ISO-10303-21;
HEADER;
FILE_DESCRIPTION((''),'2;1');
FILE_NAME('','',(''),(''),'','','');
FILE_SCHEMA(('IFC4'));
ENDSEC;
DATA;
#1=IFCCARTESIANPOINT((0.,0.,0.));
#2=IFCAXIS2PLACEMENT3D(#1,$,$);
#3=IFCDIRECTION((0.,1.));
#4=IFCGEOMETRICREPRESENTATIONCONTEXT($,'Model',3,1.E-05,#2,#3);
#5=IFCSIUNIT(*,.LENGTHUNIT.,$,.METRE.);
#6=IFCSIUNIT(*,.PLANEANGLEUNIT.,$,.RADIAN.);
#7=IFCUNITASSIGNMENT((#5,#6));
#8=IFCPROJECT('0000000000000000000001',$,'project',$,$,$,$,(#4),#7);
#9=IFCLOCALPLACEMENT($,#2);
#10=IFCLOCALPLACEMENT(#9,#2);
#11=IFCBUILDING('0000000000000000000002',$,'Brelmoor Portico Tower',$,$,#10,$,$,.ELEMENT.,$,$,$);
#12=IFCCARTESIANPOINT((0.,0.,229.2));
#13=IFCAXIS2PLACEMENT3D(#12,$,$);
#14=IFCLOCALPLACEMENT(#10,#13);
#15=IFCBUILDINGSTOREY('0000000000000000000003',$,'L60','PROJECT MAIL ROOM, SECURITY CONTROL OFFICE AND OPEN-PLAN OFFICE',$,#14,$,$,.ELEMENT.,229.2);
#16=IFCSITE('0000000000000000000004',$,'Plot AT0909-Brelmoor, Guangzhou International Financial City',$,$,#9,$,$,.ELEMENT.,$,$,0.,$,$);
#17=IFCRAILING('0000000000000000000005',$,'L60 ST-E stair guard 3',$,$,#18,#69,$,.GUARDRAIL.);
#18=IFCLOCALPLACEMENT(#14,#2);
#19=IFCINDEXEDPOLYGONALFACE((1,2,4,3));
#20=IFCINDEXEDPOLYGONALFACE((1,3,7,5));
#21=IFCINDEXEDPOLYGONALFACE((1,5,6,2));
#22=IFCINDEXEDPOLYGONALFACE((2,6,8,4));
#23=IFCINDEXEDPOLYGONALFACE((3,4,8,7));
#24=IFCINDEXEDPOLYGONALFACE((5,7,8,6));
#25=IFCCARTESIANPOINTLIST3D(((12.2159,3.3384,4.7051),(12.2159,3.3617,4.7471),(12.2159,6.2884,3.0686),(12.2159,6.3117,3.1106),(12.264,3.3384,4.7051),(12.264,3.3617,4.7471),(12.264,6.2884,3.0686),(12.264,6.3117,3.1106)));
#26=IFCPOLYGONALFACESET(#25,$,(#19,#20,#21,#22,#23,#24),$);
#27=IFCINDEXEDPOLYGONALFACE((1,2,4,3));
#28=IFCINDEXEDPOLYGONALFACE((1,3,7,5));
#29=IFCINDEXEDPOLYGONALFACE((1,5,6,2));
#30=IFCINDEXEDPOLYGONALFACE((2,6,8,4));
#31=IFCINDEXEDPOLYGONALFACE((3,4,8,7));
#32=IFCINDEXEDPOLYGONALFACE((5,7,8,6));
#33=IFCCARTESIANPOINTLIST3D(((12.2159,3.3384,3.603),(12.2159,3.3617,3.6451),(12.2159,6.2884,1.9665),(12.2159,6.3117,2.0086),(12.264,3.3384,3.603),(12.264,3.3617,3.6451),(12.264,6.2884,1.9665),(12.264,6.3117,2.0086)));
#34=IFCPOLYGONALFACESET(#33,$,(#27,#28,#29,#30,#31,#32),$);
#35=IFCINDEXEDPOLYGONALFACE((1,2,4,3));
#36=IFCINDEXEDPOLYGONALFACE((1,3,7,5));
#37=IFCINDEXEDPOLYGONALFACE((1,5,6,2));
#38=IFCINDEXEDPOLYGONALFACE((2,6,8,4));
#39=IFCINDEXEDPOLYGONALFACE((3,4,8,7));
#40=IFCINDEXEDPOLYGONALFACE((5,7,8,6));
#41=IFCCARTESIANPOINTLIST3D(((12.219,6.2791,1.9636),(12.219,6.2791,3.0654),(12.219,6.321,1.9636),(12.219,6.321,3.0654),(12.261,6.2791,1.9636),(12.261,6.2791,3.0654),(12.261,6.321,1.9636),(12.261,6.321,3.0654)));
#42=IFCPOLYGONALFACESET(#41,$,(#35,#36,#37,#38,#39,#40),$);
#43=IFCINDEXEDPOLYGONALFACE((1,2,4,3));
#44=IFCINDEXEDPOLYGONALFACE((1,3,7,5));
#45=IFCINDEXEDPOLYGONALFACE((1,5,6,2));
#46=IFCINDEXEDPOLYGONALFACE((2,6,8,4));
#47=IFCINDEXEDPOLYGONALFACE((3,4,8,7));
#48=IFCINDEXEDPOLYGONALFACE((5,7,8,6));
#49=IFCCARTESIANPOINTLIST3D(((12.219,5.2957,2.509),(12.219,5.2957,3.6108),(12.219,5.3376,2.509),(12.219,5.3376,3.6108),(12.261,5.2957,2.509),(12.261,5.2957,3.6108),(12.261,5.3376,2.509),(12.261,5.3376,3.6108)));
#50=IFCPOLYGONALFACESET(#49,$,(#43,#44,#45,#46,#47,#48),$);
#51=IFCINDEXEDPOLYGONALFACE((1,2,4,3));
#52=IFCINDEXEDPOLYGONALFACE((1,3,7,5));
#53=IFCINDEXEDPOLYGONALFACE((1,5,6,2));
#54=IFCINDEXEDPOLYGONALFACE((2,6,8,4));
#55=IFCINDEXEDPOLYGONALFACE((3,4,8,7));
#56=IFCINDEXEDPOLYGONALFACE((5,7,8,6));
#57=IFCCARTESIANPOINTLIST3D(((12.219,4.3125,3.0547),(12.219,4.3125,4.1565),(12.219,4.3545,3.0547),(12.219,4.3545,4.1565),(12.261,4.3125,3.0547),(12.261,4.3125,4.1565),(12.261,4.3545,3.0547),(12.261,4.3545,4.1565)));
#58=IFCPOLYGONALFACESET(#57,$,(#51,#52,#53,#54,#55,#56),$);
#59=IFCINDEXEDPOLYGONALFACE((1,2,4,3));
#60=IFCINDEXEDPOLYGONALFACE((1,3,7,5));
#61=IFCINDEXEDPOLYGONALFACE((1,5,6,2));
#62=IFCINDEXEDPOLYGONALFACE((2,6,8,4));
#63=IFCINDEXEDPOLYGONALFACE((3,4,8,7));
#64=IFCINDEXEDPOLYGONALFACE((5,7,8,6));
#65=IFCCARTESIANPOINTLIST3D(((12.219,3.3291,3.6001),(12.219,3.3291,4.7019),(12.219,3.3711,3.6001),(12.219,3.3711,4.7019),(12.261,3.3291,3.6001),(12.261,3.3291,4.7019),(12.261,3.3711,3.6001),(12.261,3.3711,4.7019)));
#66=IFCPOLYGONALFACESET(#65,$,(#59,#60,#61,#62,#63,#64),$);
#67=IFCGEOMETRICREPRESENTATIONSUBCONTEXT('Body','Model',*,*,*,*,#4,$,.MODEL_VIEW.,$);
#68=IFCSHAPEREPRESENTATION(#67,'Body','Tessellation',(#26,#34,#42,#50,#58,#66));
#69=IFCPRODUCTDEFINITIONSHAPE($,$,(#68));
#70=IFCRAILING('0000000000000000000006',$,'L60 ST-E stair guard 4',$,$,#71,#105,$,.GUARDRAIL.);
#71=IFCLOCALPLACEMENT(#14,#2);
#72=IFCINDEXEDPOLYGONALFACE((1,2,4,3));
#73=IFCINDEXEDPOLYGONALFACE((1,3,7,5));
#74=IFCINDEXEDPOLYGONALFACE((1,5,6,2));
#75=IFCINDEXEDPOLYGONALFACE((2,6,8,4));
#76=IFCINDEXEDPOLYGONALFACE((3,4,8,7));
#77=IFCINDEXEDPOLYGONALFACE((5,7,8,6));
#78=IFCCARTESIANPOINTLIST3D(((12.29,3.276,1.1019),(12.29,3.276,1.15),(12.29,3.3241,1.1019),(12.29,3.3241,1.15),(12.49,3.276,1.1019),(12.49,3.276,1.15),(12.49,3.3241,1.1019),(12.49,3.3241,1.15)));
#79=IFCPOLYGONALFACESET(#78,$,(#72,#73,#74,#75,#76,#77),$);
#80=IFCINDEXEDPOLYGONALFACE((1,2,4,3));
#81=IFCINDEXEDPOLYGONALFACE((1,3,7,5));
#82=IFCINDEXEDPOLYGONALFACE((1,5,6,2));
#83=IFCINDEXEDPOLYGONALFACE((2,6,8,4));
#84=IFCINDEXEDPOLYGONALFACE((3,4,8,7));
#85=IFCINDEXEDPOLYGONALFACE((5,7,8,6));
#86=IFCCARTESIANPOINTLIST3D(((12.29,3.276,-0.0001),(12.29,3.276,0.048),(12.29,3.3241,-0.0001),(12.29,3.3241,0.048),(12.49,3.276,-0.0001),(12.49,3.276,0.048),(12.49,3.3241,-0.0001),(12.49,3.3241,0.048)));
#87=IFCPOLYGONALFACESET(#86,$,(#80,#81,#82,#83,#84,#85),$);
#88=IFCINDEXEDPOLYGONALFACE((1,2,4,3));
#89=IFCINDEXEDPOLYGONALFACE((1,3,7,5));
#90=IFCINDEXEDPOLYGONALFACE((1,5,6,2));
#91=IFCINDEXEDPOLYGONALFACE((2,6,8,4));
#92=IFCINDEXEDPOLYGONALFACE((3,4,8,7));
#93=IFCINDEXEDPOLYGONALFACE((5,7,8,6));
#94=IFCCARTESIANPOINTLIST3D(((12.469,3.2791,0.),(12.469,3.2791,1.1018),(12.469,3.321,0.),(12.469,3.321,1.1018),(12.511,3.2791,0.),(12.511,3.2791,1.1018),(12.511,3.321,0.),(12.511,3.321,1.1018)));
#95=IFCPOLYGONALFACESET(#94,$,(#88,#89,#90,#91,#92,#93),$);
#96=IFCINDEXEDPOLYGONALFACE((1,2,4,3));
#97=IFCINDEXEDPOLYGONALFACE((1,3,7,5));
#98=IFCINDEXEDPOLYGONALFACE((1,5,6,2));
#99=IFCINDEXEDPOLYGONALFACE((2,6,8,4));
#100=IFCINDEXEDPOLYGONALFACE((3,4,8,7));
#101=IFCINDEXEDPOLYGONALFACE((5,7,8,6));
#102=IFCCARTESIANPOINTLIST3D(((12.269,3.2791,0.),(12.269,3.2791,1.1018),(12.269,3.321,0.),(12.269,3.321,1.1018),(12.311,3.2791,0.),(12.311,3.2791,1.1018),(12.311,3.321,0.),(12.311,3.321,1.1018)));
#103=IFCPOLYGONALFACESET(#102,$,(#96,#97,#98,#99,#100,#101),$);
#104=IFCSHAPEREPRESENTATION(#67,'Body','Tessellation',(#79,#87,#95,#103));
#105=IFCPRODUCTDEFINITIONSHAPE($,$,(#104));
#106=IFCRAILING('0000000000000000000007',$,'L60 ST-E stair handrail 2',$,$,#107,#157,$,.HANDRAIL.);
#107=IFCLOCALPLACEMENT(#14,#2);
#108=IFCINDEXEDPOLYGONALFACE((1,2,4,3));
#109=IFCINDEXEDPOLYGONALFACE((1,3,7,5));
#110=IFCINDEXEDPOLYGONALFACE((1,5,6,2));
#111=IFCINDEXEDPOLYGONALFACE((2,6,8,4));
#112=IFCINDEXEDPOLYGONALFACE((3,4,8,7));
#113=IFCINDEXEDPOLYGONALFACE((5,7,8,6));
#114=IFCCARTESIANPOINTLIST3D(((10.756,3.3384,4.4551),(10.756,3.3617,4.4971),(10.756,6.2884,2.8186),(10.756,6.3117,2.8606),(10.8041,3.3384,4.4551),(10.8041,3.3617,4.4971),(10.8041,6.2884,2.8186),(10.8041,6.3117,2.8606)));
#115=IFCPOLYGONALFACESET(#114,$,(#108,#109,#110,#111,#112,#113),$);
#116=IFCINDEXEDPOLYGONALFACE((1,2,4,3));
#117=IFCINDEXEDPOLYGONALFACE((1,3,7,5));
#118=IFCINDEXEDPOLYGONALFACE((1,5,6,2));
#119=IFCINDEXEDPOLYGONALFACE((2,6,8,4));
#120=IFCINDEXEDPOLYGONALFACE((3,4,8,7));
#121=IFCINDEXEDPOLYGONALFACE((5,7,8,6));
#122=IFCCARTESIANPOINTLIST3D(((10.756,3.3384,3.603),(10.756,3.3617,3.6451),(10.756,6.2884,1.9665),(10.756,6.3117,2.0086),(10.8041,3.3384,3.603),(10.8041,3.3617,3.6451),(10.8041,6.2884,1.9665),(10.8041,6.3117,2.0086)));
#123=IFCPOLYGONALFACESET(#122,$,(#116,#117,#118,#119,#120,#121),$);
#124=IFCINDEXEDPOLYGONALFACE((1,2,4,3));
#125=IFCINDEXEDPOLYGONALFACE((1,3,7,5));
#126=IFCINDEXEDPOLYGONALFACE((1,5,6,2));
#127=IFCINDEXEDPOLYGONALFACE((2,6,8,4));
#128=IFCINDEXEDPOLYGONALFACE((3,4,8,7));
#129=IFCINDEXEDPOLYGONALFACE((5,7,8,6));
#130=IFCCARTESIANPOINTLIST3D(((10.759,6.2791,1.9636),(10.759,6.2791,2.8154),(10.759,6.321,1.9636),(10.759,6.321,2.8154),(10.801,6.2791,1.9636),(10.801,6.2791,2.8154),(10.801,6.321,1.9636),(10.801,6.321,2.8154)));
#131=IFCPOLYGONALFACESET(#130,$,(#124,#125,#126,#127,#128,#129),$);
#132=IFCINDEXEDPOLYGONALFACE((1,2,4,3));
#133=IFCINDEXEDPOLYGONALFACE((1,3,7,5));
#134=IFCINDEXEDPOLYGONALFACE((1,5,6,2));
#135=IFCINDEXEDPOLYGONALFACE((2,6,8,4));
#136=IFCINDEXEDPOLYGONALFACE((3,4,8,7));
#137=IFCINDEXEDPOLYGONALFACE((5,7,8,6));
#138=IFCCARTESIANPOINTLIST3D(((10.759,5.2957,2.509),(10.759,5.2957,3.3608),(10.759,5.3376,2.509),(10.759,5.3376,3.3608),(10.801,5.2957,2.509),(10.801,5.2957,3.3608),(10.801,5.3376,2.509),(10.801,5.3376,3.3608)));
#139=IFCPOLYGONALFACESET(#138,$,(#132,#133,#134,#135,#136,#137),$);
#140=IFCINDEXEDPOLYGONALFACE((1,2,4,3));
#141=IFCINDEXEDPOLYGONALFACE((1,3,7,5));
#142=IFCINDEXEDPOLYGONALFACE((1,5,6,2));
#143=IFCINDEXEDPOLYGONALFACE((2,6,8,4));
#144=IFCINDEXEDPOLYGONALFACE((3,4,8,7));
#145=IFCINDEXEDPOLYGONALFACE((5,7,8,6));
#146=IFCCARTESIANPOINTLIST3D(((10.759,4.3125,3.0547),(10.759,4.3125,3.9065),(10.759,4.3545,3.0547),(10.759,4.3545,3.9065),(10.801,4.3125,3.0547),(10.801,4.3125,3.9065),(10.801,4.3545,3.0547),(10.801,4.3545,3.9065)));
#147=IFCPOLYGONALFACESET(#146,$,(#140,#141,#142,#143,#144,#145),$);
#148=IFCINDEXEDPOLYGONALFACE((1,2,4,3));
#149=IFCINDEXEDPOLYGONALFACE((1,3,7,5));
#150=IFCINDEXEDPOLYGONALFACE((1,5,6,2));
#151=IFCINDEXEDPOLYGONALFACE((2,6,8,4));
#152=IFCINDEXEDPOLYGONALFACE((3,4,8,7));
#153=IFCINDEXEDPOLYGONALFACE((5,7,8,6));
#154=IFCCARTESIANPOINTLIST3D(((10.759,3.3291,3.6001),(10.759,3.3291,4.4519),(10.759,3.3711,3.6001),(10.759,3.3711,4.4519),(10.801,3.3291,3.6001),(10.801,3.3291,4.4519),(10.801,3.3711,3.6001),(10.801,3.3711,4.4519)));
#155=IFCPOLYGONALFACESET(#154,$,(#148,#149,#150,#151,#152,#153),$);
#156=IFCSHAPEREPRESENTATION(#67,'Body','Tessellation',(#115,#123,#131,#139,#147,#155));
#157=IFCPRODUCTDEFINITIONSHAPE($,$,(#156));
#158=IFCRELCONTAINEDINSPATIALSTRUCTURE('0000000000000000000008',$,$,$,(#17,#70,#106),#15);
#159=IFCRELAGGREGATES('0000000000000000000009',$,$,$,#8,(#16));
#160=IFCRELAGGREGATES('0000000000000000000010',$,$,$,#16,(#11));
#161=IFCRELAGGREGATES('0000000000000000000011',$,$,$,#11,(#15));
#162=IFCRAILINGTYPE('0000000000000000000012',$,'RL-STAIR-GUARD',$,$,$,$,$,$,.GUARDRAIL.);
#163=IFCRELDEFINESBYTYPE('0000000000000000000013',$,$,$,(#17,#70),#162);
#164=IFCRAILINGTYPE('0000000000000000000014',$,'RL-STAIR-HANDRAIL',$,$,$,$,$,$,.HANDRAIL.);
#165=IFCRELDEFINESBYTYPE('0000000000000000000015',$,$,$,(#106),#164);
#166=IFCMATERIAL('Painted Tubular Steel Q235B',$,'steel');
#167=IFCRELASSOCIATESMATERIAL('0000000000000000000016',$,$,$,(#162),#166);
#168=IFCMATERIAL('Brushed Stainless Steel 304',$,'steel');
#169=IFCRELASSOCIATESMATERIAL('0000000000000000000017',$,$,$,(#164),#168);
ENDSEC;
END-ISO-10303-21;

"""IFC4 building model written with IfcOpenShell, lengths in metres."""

from ifc_helpers import new_model, si_unit, direction, frame, origin, origin_2d, place, context, subcontext, project, spatial, rectangle, extrude, material, type_object, element, save


model = new_model("IFC4")

# Units and contexts
model_context = context("Model", 3, precision=1e-05, world=origin(), true_north=direction((0.0, 1.0)))
body_context = subcontext(model_context, "Body", "Model", "MODEL_VIEW")
ifc_project = project(units=[si_unit("LENGTHUNIT", "METRE"), si_unit("PLANEANGLEUNIT", "RADIAN")], contexts=[model_context])

# Site, building, storey
site_placement = place(None, origin())
site = spatial("IfcSite", under=ifc_project, at=site_placement, Name="Plot AT0909-Brelmoor, Guangzhou International Financial City", CompositionType="ELEMENT", RefElevation=0.0)
building_placement = place(site_placement, origin())
building = spatial("IfcBuilding", under=site, at=building_placement, Name="Brelmoor Portico Tower", CompositionType="ELEMENT")
storey_placement = place(building_placement, frame((0.0, 0.0, 229.2)))
storey = spatial("IfcBuildingStorey", under=building, at=storey_placement, Name="L60", Description="PROJECT MAIL ROOM, SECURITY CONTROL OFFICE AND OPEN-PLAN OFFICE", CompositionType="ELEMENT", Elevation=229.2)

# Railings
ifc_material_1 = material(Name="Painted Tubular Steel Q235B", Category="steel")
railing_type_1 = type_object("IfcRailingType", Name="RL-STAIR-GUARD", PredefinedType="GUARDRAIL", material=ifc_material_1)
railing_1_placement = place(storey_placement, frame((12.24, 6.3, 1.9636)))
element("IfcRailing", 1, at=railing_1_placement, inside=storey, type_object=railing_type_1, Name="L60 ST-E stair guard 3", PredefinedType="GUARDRAIL", context=body_context, shape_type="SweptSolid", body=[
    extrude(rectangle(XDim=0.0481, YDim=0.0481, at=origin_2d()), frame((0.0, 0.0, 1.126), z_axis=(0.0, -0.874458, 0.485102), x_axis=(1.0, 0.0, 0.0)), (0.0, 0.0, 1.0), 3.3735),
    extrude(rectangle(XDim=0.0481, YDim=0.0481, at=origin_2d()), frame((0.0, 0.0, 0.0239), z_axis=(0.0, -0.874458, 0.485102), x_axis=(1.0, 0.0, 0.0)), (0.0, 0.0, 1.0), 3.3735),
    extrude(rectangle(XDim=0.042, YDim=0.042, at=origin_2d()), origin(), (0.0, 0.0, 1.0), 1.1018),
    extrude(rectangle(XDim=0.042, YDim=0.042, at=origin_2d()), frame((0.0, -0.9834, 0.5454)), (0.0, 0.0, 1.0), 1.1018),
    extrude(rectangle(XDim=0.042, YDim=0.042, at=origin_2d()), frame((0.0, -1.9666, 1.0911)), (0.0, 0.0, 1.0), 1.1018),
    extrude(rectangle(XDim=0.042, YDim=0.042, at=origin_2d()), frame((0.0, -2.95, 1.6365)), (0.0, 0.0, 1.0), 1.1018),
])
railing_2_placement = place(storey_placement, frame((12.49, 3.3, 0.0)))
element("IfcRailing", 2, at=railing_2_placement, inside=storey, type_object=railing_type_1, Name="L60 ST-E stair guard 4", PredefinedType="GUARDRAIL", context=body_context, shape_type="SweptSolid", body=[
    extrude(rectangle(XDim=0.0481, YDim=0.0481, at=origin_2d()), frame((0.0, 0.0, 1.126), z_axis=(-1.0, 0.0, 0.0), x_axis=(0.0, -1.0, 0.0)), (0.0, 0.0, 1.0), 0.2),
    extrude(rectangle(XDim=0.0481, YDim=0.0481, at=origin_2d()), frame((0.0, 0.0, 0.0239), z_axis=(-1.0, 0.0, 0.0), x_axis=(0.0, -1.0, 0.0)), (0.0, 0.0, 1.0), 0.2),
    extrude(rectangle(XDim=0.042, YDim=0.042, at=origin_2d()), origin(), (0.0, 0.0, 1.0), 1.1018),
    extrude(rectangle(XDim=0.042, YDim=0.042, at=origin_2d()), frame((-0.2, 0.0, 0.0)), (0.0, 0.0, 1.0), 1.1018),
])
ifc_material_2 = material(Name="Brushed Stainless Steel 304", Category="steel")
railing_type_2 = type_object("IfcRailingType", Name="RL-STAIR-HANDRAIL", PredefinedType="HANDRAIL", material=ifc_material_2)
railing_3_placement = place(storey_placement, frame((10.78, 6.3, 1.9636)))
element("IfcRailing", 3, at=railing_3_placement, inside=storey, type_object=railing_type_2, Name="L60 ST-E stair handrail 2", PredefinedType="HANDRAIL", context=body_context, shape_type="SweptSolid", body=[
    extrude(rectangle(XDim=0.0481, YDim=0.0481, at=origin_2d()), frame((0.0, 0.0, 0.876), z_axis=(0.0, -0.874458, 0.485102), x_axis=(1.0, 0.0, 0.0)), (0.0, 0.0, 1.0), 3.3735),
    extrude(rectangle(XDim=0.0481, YDim=0.0481, at=origin_2d()), frame((0.0, 0.0, 0.0239), z_axis=(0.0, -0.874458, 0.485102), x_axis=(1.0, 0.0, 0.0)), (0.0, 0.0, 1.0), 3.3735),
    extrude(rectangle(XDim=0.042, YDim=0.042, at=origin_2d()), origin(), (0.0, 0.0, 1.0), 0.8518),
    extrude(rectangle(XDim=0.042, YDim=0.042, at=origin_2d()), frame((0.0, -0.9834, 0.5454)), (0.0, 0.0, 1.0), 0.8518),
    extrude(rectangle(XDim=0.042, YDim=0.042, at=origin_2d()), frame((0.0, -1.9666, 1.0911)), (0.0, 0.0, 1.0), 0.8518),
    extrude(rectangle(XDim=0.042, YDim=0.042, at=origin_2d()), frame((0.0, -2.95, 1.6365)), (0.0, 0.0, 1.0), 0.8518),
])

save(model, "model.ifc")
